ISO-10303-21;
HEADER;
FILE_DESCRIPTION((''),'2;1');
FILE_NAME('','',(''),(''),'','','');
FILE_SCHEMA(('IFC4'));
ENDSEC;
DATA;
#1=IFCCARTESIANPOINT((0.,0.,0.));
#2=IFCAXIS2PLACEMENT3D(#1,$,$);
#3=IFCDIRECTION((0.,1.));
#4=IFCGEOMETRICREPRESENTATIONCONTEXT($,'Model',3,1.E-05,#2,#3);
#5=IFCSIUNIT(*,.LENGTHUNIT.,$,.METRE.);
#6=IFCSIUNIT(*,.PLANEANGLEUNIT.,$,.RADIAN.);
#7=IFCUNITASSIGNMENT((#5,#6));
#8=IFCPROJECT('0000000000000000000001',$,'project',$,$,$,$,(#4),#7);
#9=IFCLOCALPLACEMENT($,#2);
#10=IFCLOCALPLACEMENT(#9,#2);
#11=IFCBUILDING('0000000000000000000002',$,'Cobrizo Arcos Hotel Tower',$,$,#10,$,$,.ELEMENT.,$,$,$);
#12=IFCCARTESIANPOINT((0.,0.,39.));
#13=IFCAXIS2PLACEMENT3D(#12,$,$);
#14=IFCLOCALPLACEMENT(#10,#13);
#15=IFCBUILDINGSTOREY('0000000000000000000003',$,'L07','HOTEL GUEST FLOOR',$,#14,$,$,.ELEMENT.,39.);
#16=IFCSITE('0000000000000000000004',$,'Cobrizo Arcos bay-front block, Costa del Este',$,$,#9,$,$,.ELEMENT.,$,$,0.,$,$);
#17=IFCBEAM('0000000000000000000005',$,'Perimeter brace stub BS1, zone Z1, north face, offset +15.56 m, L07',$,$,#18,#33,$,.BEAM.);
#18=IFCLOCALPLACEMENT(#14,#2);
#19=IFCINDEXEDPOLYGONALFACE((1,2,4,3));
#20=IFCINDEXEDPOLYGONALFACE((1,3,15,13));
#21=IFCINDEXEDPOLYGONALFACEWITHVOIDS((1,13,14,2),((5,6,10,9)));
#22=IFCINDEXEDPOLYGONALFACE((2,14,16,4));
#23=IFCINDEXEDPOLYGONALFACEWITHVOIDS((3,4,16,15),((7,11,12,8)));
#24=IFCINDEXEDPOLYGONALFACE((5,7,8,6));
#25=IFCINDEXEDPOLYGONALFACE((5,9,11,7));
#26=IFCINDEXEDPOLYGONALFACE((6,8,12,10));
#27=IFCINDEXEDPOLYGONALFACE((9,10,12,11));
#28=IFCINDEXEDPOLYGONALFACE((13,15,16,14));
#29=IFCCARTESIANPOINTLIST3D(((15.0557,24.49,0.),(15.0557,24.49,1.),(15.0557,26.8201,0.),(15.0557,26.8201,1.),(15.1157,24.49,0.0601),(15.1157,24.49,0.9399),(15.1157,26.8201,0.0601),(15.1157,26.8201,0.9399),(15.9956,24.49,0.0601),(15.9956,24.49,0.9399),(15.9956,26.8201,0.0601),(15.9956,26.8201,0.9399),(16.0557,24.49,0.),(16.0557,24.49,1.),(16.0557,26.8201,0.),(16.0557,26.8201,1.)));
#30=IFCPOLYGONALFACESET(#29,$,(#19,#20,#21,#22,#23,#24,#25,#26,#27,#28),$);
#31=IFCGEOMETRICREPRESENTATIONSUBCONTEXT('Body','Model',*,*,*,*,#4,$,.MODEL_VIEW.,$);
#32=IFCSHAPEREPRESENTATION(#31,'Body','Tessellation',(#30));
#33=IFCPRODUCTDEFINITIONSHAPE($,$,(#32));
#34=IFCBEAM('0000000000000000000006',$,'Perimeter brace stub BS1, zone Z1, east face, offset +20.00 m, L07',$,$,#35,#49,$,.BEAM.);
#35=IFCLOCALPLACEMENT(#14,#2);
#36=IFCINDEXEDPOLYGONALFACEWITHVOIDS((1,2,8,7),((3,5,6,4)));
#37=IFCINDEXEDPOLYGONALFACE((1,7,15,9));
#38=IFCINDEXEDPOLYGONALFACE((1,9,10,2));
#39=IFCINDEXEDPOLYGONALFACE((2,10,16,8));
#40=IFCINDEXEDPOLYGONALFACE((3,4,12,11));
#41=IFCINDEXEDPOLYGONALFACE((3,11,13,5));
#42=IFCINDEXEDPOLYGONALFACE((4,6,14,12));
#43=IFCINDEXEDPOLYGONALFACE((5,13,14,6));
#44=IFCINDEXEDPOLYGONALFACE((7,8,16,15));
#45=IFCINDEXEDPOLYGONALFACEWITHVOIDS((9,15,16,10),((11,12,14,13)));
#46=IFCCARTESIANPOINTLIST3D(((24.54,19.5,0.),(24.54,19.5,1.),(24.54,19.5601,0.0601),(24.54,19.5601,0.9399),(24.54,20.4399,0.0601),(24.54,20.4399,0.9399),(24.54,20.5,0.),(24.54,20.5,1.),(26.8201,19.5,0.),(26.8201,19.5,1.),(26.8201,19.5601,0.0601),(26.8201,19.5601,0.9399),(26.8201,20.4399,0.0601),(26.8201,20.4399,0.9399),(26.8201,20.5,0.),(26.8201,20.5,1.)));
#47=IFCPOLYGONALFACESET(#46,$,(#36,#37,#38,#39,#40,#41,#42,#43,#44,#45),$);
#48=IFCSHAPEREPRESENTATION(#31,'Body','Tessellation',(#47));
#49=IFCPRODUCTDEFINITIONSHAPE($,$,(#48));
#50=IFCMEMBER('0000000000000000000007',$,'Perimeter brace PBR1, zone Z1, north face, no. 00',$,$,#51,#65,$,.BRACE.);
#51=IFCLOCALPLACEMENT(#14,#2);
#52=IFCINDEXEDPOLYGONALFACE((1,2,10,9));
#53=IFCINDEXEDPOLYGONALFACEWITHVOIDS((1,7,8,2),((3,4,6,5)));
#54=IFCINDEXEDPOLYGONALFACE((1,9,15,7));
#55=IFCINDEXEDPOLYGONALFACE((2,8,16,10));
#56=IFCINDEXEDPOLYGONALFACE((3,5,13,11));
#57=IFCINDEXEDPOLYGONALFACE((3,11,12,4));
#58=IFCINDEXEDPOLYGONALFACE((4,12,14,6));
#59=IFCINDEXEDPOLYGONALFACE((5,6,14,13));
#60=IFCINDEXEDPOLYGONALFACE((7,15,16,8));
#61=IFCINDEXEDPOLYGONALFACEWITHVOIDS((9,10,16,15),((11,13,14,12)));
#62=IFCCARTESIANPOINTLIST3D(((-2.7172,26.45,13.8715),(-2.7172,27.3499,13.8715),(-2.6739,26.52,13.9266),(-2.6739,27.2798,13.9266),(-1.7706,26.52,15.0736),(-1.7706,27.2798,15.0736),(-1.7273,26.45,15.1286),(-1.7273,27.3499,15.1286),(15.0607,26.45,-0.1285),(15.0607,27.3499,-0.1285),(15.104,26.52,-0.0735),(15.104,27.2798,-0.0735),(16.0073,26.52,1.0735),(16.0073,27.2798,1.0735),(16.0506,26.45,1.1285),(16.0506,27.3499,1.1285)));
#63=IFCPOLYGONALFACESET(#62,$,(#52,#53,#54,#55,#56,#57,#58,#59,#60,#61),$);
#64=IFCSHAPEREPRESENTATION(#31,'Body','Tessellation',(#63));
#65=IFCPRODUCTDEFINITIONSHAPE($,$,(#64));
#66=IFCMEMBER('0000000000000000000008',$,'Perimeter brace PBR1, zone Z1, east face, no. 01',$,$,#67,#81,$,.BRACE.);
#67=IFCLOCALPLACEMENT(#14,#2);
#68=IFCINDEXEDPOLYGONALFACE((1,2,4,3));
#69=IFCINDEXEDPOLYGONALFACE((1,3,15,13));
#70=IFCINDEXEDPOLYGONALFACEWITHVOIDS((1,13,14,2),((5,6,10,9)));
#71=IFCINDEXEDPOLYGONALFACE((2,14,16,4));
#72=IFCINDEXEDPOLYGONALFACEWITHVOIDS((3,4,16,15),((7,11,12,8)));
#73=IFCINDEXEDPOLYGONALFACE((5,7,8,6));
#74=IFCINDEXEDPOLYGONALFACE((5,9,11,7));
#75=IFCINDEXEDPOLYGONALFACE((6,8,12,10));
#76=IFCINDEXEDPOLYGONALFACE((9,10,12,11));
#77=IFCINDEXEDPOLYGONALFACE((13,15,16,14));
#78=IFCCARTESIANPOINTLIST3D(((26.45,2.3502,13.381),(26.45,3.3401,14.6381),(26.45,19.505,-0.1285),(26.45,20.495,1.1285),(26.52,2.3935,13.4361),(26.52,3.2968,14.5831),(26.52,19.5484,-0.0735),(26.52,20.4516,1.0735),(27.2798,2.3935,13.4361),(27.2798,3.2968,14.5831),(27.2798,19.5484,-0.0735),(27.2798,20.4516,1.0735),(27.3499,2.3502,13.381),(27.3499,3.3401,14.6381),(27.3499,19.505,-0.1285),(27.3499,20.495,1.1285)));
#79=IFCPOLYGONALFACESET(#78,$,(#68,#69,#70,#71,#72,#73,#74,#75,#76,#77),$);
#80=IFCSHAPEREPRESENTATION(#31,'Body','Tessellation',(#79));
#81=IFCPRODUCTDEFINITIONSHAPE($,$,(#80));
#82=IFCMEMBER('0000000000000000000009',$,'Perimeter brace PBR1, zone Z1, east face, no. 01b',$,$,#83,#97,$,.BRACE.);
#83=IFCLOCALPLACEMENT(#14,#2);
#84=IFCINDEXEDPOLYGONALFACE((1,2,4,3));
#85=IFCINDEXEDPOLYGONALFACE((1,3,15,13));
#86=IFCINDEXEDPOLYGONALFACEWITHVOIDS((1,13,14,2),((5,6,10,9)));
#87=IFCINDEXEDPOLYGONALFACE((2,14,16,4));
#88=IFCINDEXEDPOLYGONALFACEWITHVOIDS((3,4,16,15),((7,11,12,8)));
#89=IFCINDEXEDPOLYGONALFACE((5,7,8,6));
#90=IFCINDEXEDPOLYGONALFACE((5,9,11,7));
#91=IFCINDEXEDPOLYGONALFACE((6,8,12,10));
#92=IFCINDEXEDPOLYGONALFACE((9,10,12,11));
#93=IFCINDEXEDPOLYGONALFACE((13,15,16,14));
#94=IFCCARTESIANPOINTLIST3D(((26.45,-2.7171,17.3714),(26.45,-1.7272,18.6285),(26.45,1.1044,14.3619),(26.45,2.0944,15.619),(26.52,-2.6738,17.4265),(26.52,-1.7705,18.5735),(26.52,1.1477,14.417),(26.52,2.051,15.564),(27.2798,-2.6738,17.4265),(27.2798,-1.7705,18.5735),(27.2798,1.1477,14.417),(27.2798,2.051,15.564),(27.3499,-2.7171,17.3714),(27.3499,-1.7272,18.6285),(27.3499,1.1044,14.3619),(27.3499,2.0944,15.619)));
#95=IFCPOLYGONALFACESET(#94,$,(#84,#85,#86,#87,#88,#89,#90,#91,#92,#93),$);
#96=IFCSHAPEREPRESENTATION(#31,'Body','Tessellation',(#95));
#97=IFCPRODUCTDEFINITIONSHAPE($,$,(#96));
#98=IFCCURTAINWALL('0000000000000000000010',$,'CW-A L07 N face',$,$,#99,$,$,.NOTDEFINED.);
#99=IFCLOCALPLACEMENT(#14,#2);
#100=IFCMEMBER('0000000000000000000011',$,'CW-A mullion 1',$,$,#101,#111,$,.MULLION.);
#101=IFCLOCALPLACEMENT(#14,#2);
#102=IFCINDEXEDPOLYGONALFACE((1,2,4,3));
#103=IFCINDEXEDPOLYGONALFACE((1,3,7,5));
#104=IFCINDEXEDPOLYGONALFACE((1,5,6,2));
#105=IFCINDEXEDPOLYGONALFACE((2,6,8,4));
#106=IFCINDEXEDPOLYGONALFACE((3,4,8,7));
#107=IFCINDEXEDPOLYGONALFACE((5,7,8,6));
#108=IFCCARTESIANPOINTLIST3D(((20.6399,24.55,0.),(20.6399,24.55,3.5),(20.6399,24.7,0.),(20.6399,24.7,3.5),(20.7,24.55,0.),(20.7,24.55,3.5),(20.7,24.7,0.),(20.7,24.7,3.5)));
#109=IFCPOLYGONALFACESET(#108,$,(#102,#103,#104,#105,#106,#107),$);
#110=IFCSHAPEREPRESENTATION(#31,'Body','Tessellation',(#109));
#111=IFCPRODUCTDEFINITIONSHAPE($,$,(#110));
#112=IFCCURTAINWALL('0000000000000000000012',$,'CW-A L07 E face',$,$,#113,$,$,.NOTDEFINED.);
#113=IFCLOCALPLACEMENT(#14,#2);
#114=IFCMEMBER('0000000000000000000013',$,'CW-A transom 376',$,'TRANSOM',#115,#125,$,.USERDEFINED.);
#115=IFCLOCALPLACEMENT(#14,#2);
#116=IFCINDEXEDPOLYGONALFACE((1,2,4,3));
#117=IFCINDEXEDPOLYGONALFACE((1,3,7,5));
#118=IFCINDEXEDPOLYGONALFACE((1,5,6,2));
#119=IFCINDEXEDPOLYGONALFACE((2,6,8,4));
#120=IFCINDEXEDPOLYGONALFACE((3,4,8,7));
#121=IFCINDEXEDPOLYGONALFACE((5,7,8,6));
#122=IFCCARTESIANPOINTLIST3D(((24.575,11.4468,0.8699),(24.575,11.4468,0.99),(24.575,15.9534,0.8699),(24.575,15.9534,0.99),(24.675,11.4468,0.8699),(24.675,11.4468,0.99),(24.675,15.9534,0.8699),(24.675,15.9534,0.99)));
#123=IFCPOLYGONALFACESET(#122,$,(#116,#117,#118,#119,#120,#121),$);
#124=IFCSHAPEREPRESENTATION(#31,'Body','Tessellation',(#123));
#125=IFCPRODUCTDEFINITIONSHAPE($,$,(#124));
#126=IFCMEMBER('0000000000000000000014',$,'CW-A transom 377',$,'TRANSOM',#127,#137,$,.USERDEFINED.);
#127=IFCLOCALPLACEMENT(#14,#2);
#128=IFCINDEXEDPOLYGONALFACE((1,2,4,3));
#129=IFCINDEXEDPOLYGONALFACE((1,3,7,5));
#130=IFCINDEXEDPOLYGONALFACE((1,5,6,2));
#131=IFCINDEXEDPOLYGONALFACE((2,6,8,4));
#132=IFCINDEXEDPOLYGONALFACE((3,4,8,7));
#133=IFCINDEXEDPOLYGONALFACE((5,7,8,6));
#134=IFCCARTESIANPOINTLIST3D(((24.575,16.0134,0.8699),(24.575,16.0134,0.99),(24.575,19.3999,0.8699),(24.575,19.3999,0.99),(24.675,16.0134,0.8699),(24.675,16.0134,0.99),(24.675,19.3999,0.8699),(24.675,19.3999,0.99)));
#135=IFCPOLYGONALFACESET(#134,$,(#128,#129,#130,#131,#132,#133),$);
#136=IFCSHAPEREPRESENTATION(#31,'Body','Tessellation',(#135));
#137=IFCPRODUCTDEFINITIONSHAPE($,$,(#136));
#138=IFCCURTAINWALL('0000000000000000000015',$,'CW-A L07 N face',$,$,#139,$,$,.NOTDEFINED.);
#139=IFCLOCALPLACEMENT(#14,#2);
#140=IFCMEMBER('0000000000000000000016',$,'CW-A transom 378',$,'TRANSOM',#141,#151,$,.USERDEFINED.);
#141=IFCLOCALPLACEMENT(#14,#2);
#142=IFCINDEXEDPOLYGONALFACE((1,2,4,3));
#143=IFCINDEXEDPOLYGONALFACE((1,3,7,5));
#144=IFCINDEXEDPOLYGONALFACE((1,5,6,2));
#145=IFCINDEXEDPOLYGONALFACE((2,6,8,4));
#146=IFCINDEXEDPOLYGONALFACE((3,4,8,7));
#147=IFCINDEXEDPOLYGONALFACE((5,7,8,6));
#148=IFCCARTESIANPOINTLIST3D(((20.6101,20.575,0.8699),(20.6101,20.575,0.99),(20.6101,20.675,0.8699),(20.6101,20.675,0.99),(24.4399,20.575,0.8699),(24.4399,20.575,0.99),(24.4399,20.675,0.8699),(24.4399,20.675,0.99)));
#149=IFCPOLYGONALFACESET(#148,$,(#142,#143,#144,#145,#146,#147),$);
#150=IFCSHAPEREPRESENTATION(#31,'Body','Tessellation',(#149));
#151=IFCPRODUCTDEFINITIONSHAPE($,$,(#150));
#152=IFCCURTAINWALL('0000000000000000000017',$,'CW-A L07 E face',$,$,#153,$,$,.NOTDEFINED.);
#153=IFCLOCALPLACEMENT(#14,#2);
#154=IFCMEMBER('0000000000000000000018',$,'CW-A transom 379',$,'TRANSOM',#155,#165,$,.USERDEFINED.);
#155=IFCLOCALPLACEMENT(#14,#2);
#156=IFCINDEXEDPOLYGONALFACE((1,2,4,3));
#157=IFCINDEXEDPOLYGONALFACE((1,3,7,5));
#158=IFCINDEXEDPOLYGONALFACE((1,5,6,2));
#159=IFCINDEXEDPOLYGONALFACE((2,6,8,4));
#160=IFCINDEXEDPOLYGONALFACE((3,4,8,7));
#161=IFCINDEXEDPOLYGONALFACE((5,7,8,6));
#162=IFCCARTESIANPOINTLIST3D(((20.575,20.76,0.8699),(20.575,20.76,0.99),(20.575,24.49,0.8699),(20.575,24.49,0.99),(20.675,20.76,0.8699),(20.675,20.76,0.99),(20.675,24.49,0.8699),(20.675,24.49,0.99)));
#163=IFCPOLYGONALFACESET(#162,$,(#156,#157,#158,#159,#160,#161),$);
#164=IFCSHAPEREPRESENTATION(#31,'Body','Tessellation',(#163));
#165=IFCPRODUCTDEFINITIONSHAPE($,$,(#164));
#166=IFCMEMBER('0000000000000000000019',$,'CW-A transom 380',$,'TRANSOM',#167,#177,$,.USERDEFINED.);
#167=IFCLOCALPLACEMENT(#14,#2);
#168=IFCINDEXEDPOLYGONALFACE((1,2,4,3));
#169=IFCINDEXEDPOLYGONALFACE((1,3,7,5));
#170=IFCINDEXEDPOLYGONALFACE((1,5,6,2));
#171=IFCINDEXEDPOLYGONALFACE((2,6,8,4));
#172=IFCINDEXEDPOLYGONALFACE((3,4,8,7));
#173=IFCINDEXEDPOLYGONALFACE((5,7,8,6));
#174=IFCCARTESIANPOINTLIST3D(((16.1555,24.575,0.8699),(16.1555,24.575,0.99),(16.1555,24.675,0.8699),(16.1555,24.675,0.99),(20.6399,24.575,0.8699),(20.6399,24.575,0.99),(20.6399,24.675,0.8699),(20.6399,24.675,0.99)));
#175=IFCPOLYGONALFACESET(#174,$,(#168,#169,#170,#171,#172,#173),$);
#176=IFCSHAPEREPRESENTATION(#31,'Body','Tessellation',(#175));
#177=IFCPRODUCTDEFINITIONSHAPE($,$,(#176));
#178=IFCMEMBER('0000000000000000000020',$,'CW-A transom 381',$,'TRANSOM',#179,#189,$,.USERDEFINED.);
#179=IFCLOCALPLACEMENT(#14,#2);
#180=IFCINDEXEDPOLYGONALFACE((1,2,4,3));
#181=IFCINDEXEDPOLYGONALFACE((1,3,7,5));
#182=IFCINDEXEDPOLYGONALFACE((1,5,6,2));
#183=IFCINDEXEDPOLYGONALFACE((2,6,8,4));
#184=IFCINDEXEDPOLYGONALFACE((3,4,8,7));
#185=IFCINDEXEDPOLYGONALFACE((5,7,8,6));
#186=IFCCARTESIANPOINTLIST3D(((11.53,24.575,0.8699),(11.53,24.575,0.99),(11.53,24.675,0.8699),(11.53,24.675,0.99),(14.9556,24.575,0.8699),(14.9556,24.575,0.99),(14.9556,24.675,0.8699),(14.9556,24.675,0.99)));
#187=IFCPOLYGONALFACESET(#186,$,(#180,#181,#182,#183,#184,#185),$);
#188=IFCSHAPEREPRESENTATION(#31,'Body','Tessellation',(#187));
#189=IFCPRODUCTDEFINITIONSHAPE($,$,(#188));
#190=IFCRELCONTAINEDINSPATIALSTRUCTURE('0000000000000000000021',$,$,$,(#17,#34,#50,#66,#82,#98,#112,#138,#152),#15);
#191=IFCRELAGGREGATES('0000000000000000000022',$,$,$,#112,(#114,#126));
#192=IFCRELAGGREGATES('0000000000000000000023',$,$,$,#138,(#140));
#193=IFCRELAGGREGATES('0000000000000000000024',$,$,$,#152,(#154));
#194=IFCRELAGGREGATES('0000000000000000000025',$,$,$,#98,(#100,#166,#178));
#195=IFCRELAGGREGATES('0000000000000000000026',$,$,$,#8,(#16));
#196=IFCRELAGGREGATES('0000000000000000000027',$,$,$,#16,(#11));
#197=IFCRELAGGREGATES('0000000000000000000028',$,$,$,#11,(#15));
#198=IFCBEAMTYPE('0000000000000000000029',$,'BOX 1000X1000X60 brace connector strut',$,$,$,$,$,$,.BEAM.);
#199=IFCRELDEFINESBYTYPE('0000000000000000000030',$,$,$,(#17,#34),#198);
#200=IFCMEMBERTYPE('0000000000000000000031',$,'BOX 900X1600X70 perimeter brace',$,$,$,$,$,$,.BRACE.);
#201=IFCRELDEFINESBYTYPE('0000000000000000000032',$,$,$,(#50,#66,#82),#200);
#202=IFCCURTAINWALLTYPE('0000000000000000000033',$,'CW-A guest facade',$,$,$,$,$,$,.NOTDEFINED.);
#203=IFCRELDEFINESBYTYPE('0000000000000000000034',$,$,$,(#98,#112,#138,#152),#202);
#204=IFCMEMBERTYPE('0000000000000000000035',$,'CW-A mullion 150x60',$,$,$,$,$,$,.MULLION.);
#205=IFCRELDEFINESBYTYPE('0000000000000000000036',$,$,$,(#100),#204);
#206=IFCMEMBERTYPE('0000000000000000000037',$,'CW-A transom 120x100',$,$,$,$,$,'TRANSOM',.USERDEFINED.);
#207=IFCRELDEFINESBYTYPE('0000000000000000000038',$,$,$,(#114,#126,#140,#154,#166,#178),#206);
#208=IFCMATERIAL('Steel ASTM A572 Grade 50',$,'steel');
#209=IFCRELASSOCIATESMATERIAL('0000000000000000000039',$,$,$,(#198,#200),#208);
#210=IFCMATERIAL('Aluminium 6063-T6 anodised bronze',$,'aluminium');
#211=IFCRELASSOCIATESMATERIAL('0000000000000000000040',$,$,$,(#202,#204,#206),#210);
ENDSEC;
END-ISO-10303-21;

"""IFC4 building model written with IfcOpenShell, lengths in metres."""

from ifc_helpers import new_model, si_unit, direction, frame, origin, origin_2d, place, context, subcontext, project, spatial, rectangle, hollow_rectangle, extrude, material, material_profile, profile_set, type_object, element, aggregate, save


model = new_model("IFC4")

# Units and contexts
model_context = context("Model", 3, precision=1e-05, world=origin(), true_north=direction((0.0, 1.0)))
body_context = subcontext(model_context, "Body", "Model", "MODEL_VIEW")
ifc_project = project(units=[si_unit("LENGTHUNIT", "METRE"), si_unit("PLANEANGLEUNIT", "RADIAN")], contexts=[model_context])

# Site, building, storey
site_placement = place(None, origin())
site = spatial("IfcSite", under=ifc_project, at=site_placement, Name="Cobrizo Arcos bay-front block, Costa del Este", CompositionType="ELEMENT", RefElevation=0.0)
building_placement = place(site_placement, origin())
building = spatial("IfcBuilding", under=site, at=building_placement, Name="Cobrizo Arcos Hotel Tower", CompositionType="ELEMENT")
storey_placement = place(building_placement, frame((0.0, 0.0, 39.0)))
storey = spatial("IfcBuildingStorey", under=building, at=storey_placement, Name="L07", Description="HOTEL GUEST FLOOR", CompositionType="ELEMENT", Elevation=39.0)

# Beams
ifc_material_1 = material(Name="Steel ASTM A572 Grade 50", Category="steel")
ifc_material_profile_1 = material_profile(ifc_material_1, hollow_rectangle(XDim=1.0, YDim=1.0, WallThickness=0.0601, at=origin_2d()), Name="BOX 1000X1000X60")
ifc_profile_set_1 = profile_set([ifc_material_profile_1], Name="Steel ASTM A572 Grade 50")
beam_type = type_object("IfcBeamType", Name="BOX 1000X1000X60 brace connector strut", PredefinedType="BEAM", material=ifc_profile_set_1)
beam_1_placement = place(storey_placement, frame((15.5557, 24.49, 0.5), z_axis=(0.0, 1.0, 0.0), x_axis=(-1.0, 0.0, 0.0)))
element("IfcBeam", 1, at=beam_1_placement, inside=storey, type_object=beam_type, Name="Perimeter brace stub BS1, zone Z1, north face, offset +15.56 m, L07", PredefinedType="BEAM", context=body_context, shape_type="SweptSolid", body=[
    extrude(hollow_rectangle(XDim=1.0, YDim=1.0, WallThickness=0.0601, at=origin_2d()), origin(), (0.0, 0.0, 1.0), 2.3301),
])
beam_2_placement = place(storey_placement, frame((24.54, 20.0, 0.5), z_axis=(1.0, 0.0, 0.0), x_axis=(0.0, 1.0, 0.0)))
element("IfcBeam", 2, at=beam_2_placement, inside=storey, type_object=beam_type, Name="Perimeter brace stub BS1, zone Z1, east face, offset +20.00 m, L07", PredefinedType="BEAM", context=body_context, shape_type="SweptSolid", body=[
    extrude(hollow_rectangle(XDim=1.0, YDim=1.0, WallThickness=0.0601, at=origin_2d()), origin(), (0.0, 0.0, 1.0), 2.28),
])

# Members
ifc_material_profile_2 = material_profile(ifc_material_1, hollow_rectangle(XDim=0.8999, YDim=1.6001, WallThickness=0.0701, at=origin_2d()), Name="BOX 900X1600X70")
ifc_profile_set_2 = profile_set([ifc_material_profile_2], Name="Steel ASTM A572 Grade 50")
member_type_1 = type_object("IfcMemberType", Name="BOX 900X1600X70 perimeter brace", PredefinedType="BRACE", material=ifc_profile_set_2)
member_1_placement = place(storey_placement, frame((15.5557, 26.8999, 0.5), z_axis=(-0.785637, 0.0, 0.618687), x_axis=(0.0, -1.0, 0.0)))
element("IfcMember", 3, at=member_1_placement, inside=storey, type_object=member_type_1, Name="Perimeter brace PBR1, zone Z1, north face, no. 00", PredefinedType="BRACE", context=body_context, shape_type="SweptSolid", body=[
    extrude(hollow_rectangle(XDim=0.8999, YDim=1.6001, WallThickness=0.0701, at=origin_2d()), origin(), (0.0, 0.0, 1.0), 22.6287),
])
member_2_placement = place(storey_placement, frame((26.8999, 20.0, 0.5), z_axis=(0.0, -0.785633, 0.618692), x_axis=(1.0, 0.0, 0.0)))
element("IfcMember", 4, at=member_2_placement, inside=storey, type_object=member_type_1, Name="Perimeter brace PBR1, zone Z1, east face, no. 01", PredefinedType="BRACE", context=body_context, shape_type="SweptSolid", body=[
    extrude(hollow_rectangle(XDim=0.8999, YDim=1.6001, WallThickness=0.0701, at=origin_2d()), origin(), (0.0, 0.0, 1.0), 21.8357),
])
member_3_placement = place(storey_placement, frame((26.8999, 1.5994, 14.9905), z_axis=(0.0, -0.78563, 0.618697), x_axis=(1.0, 0.0, 0.0)))
element("IfcMember", 5, at=member_3_placement, inside=storey, type_object=member_type_1, Name="Perimeter brace PBR1, zone Z1, east face, no. 01b", PredefinedType="BRACE", context=body_context, shape_type="SweptSolid", body=[
    extrude(hollow_rectangle(XDim=0.8999, YDim=1.6001, WallThickness=0.0701, at=origin_2d()), origin(), (0.0, 0.0, 1.0), 4.8643),
])

# Curtain wall, member
ifc_material_2 = material(Name="Aluminium 6063-T6 anodised bronze", Category="aluminium")
curtain_wall_type = type_object("IfcCurtainWallType", Name="CW-A guest facade", PredefinedType="NOTDEFINED", material=ifc_material_2)
curtain_wall_1_placement = place(storey_placement, origin())
curtain_wall_1 = element("IfcCurtainWall", 6, at=curtain_wall_1_placement, inside=storey, type_object=curtain_wall_type, Name="CW-A L07 N face", PredefinedType="NOTDEFINED")
ifc_material_profile_3 = material_profile(ifc_material_2, rectangle(XDim=0.1499, YDim=0.0601, at=origin_2d()), Name="CW-A mullion 150x60")
ifc_profile_set_3 = profile_set([ifc_material_profile_3], Name="Aluminium 6063-T6 anodised bronze")
member_type_2 = type_object("IfcMemberType", Name="CW-A mullion 150x60", PredefinedType="MULLION", material=ifc_profile_set_3)
member_4_placement = place(storey_placement, frame((20.6699, 24.625, 0.0), z_axis=(0.0, 0.0, 1.0), x_axis=(0.0, 1.0, 0.0)))
member_4 = element("IfcMember", 7, at=member_4_placement, type_object=member_type_2, Name="CW-A mullion 1", PredefinedType="MULLION", context=body_context, shape_type="SweptSolid", body=[
    extrude(rectangle(XDim=0.1499, YDim=0.0601, at=origin_2d()), origin(), (0.0, 0.0, 1.0), 3.5),
])

# Curtain wall, members
curtain_wall_2_placement = place(storey_placement, origin())
curtain_wall_2 = element("IfcCurtainWall", 8, at=curtain_wall_2_placement, inside=storey, type_object=curtain_wall_type, Name="CW-A L07 E face", PredefinedType="NOTDEFINED")
ifc_material_profile_4 = material_profile(ifc_material_2, rectangle(XDim=0.1001, YDim=0.1201, at=origin_2d()), Name="CW-A transom 120x100")
ifc_profile_set_4 = profile_set([ifc_material_profile_4], Name="Aluminium 6063-T6 anodised bronze")
member_type_3 = type_object("IfcMemberType", Name="CW-A transom 120x100", ElementType="TRANSOM", PredefinedType="USERDEFINED", material=ifc_profile_set_4)
member_5_placement = place(storey_placement, frame((24.625, 11.4468, 0.9299), z_axis=(0.0, 1.0, 0.0), x_axis=(-1.0, 0.0, 0.0)))
member_5 = element("IfcMember", 9, at=member_5_placement, type_object=member_type_3, Name="CW-A transom 376", ObjectType="TRANSOM", PredefinedType="USERDEFINED", context=body_context, shape_type="SweptSolid", body=[
    extrude(rectangle(XDim=0.1001, YDim=0.1201, at=origin_2d()), origin(), (0.0, 0.0, 1.0), 4.5066),
])
member_6_placement = place(storey_placement, frame((24.625, 16.0134, 0.9299), z_axis=(0.0, 1.0, 0.0), x_axis=(-1.0, 0.0, 0.0)))
member_6 = element("IfcMember", 10, at=member_6_placement, type_object=member_type_3, Name="CW-A transom 377", ObjectType="TRANSOM", PredefinedType="USERDEFINED", context=body_context, shape_type="SweptSolid", body=[
    extrude(rectangle(XDim=0.1001, YDim=0.1201, at=origin_2d()), origin(), (0.0, 0.0, 1.0), 3.3865),
])

# Curtain walls, members
curtain_wall_3_placement = place(storey_placement, origin())
curtain_wall_3 = element("IfcCurtainWall", 11, at=curtain_wall_3_placement, inside=storey, type_object=curtain_wall_type, Name="CW-A L07 N face", PredefinedType="NOTDEFINED")
member_7_placement = place(storey_placement, frame((24.4399, 20.625, 0.9299), z_axis=(-1.0, 0.0, 0.0), x_axis=(0.0, -1.0, 0.0)))
member_7 = element("IfcMember", 12, at=member_7_placement, type_object=member_type_3, Name="CW-A transom 378", ObjectType="TRANSOM", PredefinedType="USERDEFINED", context=body_context, shape_type="SweptSolid", body=[
    extrude(rectangle(XDim=0.1001, YDim=0.1201, at=origin_2d()), origin(), (0.0, 0.0, 1.0), 3.8298),
])
curtain_wall_4_placement = place(storey_placement, origin())
curtain_wall_4 = element("IfcCurtainWall", 13, at=curtain_wall_4_placement, inside=storey, type_object=curtain_wall_type, Name="CW-A L07 E face", PredefinedType="NOTDEFINED")
member_8_placement = place(storey_placement, frame((20.625, 20.76, 0.9299), z_axis=(0.0, 1.0, 0.0), x_axis=(-1.0, 0.0, 0.0)))
member_8 = element("IfcMember", 14, at=member_8_placement, type_object=member_type_3, Name="CW-A transom 379", ObjectType="TRANSOM", PredefinedType="USERDEFINED", context=body_context, shape_type="SweptSolid", body=[
    extrude(rectangle(XDim=0.1001, YDim=0.1201, at=origin_2d()), origin(), (0.0, 0.0, 1.0), 3.73),
])

# Members
member_9_placement = place(storey_placement, frame((20.6399, 24.625, 0.9299), z_axis=(-1.0, 0.0, 0.0), x_axis=(0.0, -1.0, 0.0)))
member_9 = element("IfcMember", 15, at=member_9_placement, type_object=member_type_3, Name="CW-A transom 380", ObjectType="TRANSOM", PredefinedType="USERDEFINED", context=body_context, shape_type="SweptSolid", body=[
    extrude(rectangle(XDim=0.1001, YDim=0.1201, at=origin_2d()), origin(), (0.0, 0.0, 1.0), 4.4844),
])
member_10_placement = place(storey_placement, frame((14.9556, 24.625, 0.9299), z_axis=(-1.0, 0.0, 0.0), x_axis=(0.0, -1.0, 0.0)))
member_10 = element("IfcMember", 16, at=member_10_placement, type_object=member_type_3, Name="CW-A transom 381", ObjectType="TRANSOM", PredefinedType="USERDEFINED", context=body_context, shape_type="SweptSolid", body=[
    extrude(rectangle(XDim=0.1001, YDim=0.1201, at=origin_2d()), origin(), (0.0, 0.0, 1.0), 3.4255),
])

aggregate(curtain_wall_2, [member_5, member_6])
aggregate(curtain_wall_3, [member_7])
aggregate(curtain_wall_4, [member_8])
aggregate(curtain_wall_1, [member_4, member_9, member_10])

save(model, "model.ifc")
